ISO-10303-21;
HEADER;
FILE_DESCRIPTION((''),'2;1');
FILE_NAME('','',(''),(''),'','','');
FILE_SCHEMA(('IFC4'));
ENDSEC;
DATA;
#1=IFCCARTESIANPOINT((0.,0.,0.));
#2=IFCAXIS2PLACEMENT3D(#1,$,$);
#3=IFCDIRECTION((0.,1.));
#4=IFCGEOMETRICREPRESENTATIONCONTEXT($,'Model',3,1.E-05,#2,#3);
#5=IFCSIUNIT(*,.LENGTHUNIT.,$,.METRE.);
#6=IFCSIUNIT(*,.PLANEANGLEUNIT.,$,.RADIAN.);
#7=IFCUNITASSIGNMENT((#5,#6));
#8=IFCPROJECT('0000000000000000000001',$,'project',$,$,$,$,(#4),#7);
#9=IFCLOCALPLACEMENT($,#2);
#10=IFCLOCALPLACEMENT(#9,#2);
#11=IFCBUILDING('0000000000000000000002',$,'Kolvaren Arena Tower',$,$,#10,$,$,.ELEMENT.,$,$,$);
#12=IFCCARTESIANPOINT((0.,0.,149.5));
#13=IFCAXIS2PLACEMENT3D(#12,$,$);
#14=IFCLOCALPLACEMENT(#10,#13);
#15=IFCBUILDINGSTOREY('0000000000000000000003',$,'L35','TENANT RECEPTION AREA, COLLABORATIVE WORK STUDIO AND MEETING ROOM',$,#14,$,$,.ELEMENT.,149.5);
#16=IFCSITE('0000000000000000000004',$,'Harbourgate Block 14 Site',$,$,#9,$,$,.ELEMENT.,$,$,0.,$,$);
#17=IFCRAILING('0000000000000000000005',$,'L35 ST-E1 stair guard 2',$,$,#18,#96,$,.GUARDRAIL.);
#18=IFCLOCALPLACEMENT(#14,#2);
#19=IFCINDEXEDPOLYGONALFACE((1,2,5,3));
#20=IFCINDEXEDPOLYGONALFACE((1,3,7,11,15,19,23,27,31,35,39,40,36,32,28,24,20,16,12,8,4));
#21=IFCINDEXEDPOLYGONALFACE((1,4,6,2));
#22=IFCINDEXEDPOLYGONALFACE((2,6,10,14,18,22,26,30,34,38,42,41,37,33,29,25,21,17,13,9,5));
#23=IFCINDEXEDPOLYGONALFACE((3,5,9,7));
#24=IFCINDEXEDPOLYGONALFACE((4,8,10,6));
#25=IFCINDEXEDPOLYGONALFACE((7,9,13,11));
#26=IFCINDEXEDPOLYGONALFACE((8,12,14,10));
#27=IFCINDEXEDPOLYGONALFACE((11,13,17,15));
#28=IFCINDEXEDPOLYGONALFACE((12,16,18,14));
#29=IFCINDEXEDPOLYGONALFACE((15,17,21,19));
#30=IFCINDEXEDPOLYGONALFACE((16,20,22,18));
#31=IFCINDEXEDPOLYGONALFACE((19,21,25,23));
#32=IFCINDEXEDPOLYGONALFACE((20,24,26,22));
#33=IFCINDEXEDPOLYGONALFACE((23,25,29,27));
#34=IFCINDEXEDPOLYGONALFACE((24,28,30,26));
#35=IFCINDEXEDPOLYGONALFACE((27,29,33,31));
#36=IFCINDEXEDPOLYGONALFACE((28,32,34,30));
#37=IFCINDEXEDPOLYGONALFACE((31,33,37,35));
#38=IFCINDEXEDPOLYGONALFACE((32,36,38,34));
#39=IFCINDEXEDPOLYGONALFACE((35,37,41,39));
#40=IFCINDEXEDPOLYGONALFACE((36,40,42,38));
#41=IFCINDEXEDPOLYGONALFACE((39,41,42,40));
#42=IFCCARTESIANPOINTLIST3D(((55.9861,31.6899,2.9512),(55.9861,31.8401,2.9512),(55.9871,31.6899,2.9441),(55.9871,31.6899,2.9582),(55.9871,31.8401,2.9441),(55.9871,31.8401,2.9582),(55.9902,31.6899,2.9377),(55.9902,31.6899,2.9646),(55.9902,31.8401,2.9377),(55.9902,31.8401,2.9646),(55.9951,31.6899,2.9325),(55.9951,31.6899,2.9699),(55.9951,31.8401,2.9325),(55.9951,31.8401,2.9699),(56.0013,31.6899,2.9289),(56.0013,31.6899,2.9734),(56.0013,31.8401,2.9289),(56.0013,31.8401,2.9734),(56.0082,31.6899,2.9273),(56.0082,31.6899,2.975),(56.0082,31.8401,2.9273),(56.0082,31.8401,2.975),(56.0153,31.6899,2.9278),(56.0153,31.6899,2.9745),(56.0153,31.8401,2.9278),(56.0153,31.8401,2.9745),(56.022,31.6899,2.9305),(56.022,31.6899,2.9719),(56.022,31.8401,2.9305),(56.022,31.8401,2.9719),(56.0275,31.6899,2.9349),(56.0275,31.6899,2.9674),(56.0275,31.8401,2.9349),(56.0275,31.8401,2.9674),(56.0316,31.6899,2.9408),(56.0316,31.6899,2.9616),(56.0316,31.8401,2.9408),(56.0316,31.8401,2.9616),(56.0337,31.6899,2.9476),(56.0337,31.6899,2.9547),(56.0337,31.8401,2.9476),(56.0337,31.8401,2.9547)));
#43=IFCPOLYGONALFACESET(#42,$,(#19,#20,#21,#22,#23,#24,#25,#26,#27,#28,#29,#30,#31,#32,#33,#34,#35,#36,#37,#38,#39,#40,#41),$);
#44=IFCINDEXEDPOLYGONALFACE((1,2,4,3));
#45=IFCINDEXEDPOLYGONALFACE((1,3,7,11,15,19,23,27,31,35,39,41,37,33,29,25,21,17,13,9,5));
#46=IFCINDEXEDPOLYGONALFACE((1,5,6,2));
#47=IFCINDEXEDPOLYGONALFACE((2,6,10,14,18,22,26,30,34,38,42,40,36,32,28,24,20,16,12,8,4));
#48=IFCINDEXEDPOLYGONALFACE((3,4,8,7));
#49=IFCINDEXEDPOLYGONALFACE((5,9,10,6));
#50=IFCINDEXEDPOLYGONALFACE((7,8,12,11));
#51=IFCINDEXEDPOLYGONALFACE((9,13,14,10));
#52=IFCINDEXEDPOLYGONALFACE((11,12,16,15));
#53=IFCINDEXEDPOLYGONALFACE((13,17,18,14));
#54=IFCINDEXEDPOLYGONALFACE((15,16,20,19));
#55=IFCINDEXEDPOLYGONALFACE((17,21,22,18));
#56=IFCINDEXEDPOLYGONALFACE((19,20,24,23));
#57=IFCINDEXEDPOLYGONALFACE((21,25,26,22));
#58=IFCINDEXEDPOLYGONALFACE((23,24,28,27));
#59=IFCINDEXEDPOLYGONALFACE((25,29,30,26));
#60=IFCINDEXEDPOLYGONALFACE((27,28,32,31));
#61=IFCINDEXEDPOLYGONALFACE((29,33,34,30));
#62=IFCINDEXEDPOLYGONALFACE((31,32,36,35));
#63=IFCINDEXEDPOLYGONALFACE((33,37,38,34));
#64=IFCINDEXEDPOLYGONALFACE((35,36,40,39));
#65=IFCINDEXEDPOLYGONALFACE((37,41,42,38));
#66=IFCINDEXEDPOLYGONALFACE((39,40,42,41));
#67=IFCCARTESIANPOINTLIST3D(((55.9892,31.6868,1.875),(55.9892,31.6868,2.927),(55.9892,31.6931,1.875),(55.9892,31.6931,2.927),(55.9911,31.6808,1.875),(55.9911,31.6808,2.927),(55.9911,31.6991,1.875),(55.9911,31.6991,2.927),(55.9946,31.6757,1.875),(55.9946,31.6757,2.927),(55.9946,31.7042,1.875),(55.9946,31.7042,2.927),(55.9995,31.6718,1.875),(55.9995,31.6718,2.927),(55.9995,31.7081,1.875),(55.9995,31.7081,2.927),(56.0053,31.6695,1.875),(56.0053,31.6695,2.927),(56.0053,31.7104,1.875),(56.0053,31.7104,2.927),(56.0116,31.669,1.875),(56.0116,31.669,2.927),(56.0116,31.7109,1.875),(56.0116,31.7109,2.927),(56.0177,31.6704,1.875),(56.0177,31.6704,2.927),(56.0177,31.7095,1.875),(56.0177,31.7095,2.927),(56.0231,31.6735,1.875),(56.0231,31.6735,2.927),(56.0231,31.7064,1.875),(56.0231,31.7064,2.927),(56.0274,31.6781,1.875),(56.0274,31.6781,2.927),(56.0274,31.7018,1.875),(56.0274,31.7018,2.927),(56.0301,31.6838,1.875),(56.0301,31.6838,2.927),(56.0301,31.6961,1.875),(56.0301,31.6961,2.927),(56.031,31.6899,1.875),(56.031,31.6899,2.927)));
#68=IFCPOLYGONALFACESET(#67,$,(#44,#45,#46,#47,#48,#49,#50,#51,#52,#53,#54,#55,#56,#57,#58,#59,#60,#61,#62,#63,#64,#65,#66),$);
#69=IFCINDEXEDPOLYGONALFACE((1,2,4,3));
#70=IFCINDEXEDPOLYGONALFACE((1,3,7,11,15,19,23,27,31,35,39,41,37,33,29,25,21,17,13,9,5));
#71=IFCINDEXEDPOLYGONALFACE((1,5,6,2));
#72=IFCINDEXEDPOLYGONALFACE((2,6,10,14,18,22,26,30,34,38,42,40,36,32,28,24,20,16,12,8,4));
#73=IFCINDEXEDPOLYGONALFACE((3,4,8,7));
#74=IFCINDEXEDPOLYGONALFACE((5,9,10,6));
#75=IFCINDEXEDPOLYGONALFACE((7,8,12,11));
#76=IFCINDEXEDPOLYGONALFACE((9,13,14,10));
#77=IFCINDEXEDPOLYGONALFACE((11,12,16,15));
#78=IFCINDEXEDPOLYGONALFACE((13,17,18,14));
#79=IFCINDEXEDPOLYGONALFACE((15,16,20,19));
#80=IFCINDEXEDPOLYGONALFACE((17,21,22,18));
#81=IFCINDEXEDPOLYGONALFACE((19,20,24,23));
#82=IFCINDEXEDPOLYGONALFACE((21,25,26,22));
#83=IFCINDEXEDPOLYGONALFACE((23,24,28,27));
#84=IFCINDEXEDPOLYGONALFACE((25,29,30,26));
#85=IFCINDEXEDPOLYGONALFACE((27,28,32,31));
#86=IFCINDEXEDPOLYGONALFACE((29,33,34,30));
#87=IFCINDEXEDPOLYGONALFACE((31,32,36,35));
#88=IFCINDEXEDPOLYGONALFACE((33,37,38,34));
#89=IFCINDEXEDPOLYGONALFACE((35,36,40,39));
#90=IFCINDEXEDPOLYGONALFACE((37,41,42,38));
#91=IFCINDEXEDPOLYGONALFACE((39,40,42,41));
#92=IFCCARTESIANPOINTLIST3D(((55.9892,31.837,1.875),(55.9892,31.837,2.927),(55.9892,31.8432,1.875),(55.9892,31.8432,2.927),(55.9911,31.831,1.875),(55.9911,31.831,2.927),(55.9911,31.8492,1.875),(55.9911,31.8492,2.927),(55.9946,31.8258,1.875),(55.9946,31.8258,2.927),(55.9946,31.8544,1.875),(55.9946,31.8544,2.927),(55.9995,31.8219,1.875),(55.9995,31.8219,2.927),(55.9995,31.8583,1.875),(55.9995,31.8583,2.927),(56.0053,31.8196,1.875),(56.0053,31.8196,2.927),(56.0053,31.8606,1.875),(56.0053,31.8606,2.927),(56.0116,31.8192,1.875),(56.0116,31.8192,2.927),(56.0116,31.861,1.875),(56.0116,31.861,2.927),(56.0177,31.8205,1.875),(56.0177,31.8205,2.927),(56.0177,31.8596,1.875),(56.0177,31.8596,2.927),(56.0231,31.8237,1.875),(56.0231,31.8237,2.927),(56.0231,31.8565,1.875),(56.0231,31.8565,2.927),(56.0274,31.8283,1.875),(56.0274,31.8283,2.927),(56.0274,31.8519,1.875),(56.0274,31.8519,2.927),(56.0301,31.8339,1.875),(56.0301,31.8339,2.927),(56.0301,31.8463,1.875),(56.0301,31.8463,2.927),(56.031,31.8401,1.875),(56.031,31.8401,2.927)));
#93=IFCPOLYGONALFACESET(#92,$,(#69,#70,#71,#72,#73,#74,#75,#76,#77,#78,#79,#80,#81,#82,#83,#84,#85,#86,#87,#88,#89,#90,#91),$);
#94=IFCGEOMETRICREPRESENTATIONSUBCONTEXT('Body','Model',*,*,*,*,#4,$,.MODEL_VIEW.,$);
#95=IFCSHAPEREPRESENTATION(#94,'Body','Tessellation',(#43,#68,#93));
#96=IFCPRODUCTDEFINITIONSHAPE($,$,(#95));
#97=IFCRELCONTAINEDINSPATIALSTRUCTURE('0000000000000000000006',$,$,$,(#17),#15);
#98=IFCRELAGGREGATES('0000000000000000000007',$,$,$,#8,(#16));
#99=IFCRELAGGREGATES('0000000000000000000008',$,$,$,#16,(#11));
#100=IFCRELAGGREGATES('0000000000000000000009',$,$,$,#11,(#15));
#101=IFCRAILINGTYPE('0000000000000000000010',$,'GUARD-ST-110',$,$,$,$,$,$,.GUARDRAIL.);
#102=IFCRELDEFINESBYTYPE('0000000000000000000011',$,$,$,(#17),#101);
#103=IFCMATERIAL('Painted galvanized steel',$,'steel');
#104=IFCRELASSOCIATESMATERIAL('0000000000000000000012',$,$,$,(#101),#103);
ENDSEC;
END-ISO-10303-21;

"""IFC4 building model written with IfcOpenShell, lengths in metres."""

from ifc_helpers import new_model, si_unit, direction, frame, origin, origin_2d, place, context, subcontext, project, spatial, circle, extrude, material, type_object, element, save


model = new_model("IFC4")

# Units and contexts
model_context = context("Model", 3, precision=1e-05, world=origin(), true_north=direction((0.0, 1.0)))
body_context = subcontext(model_context, "Body", "Model", "MODEL_VIEW")
ifc_project = project(units=[si_unit("LENGTHUNIT", "METRE"), si_unit("PLANEANGLEUNIT", "RADIAN")], contexts=[model_context])

# Site, building, storey
site_placement = place(None, origin())
site = spatial("IfcSite", under=ifc_project, at=site_placement, Name="Harbourgate Block 14 Site", CompositionType="ELEMENT", RefElevation=0.0)
building_placement = place(site_placement, origin())
building = spatial("IfcBuilding", under=site, at=building_placement, Name="Kolvaren Arena Tower", CompositionType="ELEMENT")
storey_placement = place(building_placement, frame((0.0, 0.0, 149.5)))
storey = spatial("IfcBuildingStorey", under=building, at=storey_placement, Name="L35", Description="TENANT RECEPTION AREA, COLLABORATIVE WORK STUDIO AND MEETING ROOM", CompositionType="ELEMENT", Elevation=149.5)

# Railing
ifc_material_1 = material(Name="Painted galvanized steel", Category="steel")
railing_type_1 = type_object("IfcRailingType", Name="GUARD-ST-110", PredefinedType="GUARDRAIL", material=ifc_material_1)
railing_1_placement = place(storey_placement, frame((56.01, 31.6899, 1.875)))
element("IfcRailing", 1, at=railing_1_placement, inside=storey, type_object=railing_type_1, Name="L35 ST-E1 stair guard 2", PredefinedType="GUARDRAIL", context=body_context, shape_type="SweptSolid", body=[
    extrude(circle(Radius=0.0239, at=origin_2d()), frame((0.0, 0.0, 1.0762), z_axis=(0.0, 1.0, 0.0), x_axis=(-1.0, 0.0, 0.0)), (0.0, 0.0, 1.0), 0.1501),
    extrude(circle(Radius=0.021, at=origin_2d()), origin(), (0.0, 0.0, 1.0), 1.052),
    extrude(circle(Radius=0.021, at=origin_2d()), frame((0.0, 0.1501, 0.0)), (0.0, 0.0, 1.0), 1.052),
])

save(model, "model.ifc")
